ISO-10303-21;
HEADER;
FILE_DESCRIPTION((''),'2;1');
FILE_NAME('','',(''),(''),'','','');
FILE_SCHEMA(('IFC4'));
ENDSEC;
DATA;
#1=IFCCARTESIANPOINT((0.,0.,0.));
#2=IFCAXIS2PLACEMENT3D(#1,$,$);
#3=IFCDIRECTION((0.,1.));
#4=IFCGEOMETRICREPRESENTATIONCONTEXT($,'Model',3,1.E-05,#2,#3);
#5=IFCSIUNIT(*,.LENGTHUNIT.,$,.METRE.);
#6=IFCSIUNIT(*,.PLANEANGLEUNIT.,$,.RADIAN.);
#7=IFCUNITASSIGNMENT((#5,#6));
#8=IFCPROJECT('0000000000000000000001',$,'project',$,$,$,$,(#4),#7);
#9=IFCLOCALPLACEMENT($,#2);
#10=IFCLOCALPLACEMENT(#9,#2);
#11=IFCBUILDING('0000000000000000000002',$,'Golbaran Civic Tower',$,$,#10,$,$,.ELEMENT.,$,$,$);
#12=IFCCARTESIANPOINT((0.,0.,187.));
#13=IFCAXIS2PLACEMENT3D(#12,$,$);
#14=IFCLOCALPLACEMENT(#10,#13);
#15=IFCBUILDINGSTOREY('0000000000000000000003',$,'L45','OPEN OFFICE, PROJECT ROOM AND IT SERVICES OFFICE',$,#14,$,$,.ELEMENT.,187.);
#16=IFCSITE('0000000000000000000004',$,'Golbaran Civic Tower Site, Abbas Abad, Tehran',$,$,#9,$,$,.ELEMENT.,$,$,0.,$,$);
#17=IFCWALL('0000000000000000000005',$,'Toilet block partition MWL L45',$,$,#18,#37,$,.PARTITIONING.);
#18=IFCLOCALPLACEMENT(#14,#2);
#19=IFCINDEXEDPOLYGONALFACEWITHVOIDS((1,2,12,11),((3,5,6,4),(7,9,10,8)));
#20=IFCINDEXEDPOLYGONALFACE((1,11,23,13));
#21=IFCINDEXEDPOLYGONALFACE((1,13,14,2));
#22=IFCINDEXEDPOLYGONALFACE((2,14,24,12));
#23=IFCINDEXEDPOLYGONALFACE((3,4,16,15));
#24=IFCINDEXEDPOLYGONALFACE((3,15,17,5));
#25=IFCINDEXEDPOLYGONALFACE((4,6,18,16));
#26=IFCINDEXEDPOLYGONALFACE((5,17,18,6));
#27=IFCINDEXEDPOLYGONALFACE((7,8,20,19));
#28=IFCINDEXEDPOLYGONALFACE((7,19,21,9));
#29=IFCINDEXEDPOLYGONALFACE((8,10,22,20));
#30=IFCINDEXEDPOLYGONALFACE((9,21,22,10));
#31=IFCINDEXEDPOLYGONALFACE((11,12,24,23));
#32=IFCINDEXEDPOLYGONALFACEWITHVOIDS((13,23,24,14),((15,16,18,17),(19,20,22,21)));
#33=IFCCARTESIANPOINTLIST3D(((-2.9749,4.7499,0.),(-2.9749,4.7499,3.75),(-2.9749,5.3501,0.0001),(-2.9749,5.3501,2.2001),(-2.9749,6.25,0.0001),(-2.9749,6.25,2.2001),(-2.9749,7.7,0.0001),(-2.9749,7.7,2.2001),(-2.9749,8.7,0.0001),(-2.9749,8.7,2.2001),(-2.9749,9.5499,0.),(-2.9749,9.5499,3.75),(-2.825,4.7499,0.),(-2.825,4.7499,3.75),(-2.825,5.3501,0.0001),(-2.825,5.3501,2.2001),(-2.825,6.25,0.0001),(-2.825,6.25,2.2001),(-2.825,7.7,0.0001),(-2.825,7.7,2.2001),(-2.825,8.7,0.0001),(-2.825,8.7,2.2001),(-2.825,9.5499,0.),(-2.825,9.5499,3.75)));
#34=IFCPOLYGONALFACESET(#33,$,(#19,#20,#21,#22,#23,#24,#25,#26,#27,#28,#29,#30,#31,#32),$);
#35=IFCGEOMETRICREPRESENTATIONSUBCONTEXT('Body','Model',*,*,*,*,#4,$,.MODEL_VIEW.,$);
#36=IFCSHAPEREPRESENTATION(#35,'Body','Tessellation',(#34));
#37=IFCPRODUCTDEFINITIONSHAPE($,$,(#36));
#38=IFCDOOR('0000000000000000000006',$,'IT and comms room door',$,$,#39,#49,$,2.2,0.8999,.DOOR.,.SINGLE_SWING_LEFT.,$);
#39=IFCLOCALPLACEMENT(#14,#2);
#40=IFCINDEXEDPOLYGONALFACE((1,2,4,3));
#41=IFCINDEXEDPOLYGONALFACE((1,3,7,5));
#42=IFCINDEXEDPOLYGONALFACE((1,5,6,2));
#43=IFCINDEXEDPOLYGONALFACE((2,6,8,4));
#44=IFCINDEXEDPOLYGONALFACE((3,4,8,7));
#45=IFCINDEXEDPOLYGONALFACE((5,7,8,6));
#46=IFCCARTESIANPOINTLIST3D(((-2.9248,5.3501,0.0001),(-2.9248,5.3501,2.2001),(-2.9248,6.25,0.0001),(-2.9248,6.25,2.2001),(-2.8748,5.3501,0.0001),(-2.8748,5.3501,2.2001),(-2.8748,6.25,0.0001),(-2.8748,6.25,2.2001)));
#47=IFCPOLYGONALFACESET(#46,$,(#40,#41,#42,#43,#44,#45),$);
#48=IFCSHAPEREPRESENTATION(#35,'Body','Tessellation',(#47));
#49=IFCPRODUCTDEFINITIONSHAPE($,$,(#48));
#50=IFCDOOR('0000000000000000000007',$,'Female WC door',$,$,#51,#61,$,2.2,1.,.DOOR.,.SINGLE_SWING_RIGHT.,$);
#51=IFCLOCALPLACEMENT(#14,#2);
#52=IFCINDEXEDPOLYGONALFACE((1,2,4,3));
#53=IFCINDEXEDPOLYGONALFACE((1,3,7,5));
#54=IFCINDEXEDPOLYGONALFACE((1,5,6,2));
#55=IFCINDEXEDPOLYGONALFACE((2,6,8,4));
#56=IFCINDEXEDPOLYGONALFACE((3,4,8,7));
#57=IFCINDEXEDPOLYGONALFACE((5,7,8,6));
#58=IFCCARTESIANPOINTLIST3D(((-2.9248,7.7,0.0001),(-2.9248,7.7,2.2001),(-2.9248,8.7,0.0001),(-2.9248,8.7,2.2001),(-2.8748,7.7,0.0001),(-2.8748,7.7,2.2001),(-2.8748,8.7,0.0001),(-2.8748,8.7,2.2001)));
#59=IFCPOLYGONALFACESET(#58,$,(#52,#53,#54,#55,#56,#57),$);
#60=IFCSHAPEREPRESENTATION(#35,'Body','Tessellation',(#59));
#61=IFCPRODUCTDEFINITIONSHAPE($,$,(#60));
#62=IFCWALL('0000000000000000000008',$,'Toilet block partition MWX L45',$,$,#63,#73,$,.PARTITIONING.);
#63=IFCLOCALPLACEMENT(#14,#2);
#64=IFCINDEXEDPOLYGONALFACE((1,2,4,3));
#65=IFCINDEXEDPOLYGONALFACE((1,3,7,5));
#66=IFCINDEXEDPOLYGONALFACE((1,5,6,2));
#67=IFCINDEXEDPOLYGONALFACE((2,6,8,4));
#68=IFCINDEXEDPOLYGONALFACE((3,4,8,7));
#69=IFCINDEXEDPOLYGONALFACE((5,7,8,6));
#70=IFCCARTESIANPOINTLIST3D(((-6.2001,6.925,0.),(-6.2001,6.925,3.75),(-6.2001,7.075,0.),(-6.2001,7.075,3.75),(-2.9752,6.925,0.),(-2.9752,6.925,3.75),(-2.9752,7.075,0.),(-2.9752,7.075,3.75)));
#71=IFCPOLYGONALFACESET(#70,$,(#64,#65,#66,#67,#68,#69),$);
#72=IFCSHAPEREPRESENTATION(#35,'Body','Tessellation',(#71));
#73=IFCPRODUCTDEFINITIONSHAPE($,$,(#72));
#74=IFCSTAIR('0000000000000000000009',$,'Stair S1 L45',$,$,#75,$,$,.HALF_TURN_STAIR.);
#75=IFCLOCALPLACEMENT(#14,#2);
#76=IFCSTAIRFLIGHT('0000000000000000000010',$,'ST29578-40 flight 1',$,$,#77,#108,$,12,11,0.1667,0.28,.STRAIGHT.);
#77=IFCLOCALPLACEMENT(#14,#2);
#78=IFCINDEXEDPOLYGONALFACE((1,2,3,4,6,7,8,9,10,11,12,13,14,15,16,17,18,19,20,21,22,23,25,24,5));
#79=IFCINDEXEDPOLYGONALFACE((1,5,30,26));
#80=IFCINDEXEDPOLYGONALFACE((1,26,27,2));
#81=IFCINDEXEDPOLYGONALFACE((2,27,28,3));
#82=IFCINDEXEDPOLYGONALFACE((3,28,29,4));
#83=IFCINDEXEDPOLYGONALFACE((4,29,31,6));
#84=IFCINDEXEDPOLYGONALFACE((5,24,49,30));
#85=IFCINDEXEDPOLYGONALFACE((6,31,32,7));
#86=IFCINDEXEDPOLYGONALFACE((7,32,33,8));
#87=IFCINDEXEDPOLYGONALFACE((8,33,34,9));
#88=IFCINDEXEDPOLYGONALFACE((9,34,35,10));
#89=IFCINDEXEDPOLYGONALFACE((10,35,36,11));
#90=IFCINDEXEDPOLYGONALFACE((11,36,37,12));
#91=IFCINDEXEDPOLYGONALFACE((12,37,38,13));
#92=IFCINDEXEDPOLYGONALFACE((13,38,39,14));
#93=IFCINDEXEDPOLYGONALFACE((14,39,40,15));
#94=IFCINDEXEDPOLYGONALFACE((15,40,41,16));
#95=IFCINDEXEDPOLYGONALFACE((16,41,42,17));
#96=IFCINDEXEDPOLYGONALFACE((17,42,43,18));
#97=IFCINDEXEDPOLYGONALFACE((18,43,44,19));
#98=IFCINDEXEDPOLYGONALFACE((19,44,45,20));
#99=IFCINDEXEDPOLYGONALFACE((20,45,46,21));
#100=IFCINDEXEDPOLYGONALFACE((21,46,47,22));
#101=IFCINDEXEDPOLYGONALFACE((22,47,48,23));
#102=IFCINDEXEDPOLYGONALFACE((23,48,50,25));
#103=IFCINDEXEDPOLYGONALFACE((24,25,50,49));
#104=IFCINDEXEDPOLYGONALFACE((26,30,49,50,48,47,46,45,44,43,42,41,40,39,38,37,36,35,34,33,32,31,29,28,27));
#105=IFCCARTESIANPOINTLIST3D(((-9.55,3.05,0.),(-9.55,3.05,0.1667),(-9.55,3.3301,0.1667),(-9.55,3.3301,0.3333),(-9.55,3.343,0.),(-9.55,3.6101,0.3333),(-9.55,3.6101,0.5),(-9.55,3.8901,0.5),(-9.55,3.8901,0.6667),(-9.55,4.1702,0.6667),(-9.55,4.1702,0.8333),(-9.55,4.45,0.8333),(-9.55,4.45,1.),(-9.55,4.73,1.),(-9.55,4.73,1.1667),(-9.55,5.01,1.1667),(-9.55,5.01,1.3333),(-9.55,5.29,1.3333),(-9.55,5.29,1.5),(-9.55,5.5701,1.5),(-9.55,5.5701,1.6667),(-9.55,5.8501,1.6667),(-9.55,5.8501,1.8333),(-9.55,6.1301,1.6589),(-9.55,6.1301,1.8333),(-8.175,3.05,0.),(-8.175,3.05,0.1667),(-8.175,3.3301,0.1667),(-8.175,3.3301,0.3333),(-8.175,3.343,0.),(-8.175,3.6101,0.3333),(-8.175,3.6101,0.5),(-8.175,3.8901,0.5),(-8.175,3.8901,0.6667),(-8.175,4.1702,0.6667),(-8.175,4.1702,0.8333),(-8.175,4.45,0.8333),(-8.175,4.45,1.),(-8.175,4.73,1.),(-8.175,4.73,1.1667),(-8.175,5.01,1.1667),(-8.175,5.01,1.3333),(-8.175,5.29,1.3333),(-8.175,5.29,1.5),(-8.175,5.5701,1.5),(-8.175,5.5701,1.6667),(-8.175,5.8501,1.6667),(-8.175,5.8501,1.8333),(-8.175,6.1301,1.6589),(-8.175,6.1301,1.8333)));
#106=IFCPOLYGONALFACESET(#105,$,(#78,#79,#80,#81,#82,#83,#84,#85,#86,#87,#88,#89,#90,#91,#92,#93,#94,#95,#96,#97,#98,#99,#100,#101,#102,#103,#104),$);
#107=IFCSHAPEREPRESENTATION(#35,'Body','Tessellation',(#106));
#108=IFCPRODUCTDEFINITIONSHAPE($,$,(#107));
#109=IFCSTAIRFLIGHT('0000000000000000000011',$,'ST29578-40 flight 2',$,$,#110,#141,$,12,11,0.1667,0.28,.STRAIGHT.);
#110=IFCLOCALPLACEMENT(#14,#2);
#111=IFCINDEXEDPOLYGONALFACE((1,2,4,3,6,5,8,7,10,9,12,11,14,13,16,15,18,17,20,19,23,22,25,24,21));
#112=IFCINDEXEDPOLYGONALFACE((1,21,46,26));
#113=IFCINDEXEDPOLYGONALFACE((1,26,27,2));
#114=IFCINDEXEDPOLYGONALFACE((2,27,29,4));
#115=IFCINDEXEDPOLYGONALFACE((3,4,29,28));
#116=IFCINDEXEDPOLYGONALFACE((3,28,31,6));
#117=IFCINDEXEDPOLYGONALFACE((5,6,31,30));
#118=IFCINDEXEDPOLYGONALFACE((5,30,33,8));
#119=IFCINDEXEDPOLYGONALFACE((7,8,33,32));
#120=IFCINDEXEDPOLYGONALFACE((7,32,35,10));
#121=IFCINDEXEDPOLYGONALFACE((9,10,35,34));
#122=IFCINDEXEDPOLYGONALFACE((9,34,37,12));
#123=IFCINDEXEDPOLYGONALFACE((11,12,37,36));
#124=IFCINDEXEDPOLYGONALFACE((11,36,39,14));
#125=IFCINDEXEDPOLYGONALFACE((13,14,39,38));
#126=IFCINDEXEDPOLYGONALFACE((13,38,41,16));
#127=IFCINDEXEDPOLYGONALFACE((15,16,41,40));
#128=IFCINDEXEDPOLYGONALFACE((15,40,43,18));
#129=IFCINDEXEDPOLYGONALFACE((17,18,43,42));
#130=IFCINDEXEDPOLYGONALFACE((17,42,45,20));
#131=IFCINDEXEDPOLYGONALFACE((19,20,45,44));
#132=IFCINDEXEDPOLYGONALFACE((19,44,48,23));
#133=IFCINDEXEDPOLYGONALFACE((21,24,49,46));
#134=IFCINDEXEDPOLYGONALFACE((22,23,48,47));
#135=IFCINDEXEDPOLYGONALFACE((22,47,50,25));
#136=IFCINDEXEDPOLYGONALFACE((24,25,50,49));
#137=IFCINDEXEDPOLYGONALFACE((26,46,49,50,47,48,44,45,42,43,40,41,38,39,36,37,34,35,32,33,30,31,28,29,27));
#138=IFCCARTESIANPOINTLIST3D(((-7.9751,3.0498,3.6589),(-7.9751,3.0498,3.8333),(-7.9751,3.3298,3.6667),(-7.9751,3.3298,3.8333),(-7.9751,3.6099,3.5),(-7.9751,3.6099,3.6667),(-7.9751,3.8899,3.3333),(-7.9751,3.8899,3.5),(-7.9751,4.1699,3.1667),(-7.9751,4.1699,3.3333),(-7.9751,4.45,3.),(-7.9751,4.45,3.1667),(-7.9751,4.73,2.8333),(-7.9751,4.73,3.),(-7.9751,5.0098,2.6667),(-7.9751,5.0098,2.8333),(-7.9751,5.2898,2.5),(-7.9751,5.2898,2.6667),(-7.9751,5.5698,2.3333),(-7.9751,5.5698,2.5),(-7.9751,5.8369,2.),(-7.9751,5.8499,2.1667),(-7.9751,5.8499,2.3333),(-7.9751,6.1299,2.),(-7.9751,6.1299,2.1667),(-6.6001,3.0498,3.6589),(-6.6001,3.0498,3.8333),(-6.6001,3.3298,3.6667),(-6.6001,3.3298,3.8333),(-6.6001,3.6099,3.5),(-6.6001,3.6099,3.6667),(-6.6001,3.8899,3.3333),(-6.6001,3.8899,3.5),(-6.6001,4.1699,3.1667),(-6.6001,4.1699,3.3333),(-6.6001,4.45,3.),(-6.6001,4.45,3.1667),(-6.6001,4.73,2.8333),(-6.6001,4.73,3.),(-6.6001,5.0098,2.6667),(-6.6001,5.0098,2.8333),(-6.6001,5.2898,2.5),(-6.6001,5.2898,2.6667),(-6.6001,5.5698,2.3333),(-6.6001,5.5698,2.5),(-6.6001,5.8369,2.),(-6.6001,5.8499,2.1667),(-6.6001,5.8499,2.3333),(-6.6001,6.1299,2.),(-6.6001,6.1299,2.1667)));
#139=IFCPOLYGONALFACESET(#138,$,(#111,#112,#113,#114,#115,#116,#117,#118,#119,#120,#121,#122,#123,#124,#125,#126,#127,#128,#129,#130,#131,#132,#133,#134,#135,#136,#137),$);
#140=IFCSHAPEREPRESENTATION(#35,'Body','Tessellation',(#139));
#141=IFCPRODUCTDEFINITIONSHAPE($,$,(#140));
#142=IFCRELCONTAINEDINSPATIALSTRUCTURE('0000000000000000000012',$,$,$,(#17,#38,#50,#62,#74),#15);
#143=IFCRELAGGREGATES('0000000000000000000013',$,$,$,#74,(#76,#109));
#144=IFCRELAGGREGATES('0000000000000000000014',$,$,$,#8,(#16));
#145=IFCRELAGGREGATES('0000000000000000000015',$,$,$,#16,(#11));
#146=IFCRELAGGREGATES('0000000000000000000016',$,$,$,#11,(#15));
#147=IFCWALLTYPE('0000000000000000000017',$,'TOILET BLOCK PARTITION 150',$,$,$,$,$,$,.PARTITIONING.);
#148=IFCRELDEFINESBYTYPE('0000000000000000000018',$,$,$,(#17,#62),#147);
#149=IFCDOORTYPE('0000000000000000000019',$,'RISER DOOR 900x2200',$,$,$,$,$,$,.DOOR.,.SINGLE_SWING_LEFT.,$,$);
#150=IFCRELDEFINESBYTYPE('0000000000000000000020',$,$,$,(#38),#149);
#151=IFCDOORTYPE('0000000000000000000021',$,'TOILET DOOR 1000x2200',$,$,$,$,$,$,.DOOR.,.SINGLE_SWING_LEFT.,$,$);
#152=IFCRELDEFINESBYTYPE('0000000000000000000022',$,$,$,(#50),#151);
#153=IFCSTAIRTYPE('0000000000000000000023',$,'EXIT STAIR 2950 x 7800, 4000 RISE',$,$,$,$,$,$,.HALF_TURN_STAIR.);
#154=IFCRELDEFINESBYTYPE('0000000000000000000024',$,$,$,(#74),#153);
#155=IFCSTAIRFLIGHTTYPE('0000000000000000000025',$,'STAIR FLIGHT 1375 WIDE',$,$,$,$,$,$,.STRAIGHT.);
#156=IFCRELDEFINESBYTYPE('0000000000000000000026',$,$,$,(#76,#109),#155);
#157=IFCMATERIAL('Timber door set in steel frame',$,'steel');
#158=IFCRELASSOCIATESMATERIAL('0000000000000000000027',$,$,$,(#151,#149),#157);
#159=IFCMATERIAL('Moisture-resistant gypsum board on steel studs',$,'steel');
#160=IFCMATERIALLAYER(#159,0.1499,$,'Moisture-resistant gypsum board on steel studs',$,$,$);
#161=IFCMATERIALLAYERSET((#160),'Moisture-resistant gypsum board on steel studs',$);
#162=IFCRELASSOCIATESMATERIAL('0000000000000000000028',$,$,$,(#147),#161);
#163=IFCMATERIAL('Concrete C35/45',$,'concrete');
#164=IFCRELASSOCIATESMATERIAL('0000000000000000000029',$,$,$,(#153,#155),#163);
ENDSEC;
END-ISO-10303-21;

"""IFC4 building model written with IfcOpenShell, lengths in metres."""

from ifc_helpers import new_model, si_unit, direction, frame, frame_2d, origin, place, context, subcontext, project, spatial, polyline, rectangle, outline, extrude, material, layer, layer_set, type_object, element, fill, aggregate, save


model = new_model("IFC4")

# Units and contexts
model_context = context("Model", 3, precision=1e-05, world=origin(), true_north=direction((0.0, 1.0)))
body_context = subcontext(model_context, "Body", "Model", "MODEL_VIEW")
ifc_project = project(units=[si_unit("LENGTHUNIT", "METRE"), si_unit("PLANEANGLEUNIT", "RADIAN")], contexts=[model_context])

# Site, building, storey
site_placement = place(None, origin())
site = spatial("IfcSite", under=ifc_project, at=site_placement, Name="Golbaran Civic Tower Site, Abbas Abad, Tehran", CompositionType="ELEMENT", RefElevation=0.0)
building_placement = place(site_placement, origin())
building = spatial("IfcBuilding", under=site, at=building_placement, Name="Golbaran Civic Tower", CompositionType="ELEMENT")
storey_placement = place(building_placement, frame((0.0, 0.0, 187.0)))
storey = spatial("IfcBuildingStorey", under=building, at=storey_placement, Name="L45", Description="OPEN OFFICE, PROJECT ROOM AND IT SERVICES OFFICE", CompositionType="ELEMENT", Elevation=187.0)

# Shared definitions
ifc_material_1 = material(Name="Concrete C35/45", Category="concrete")

# Shared definitions
ifc_material_2 = material(Name="Timber door set in steel frame", Category="steel")

# Shared definitions
door_type_1 = type_object("IfcDoorType", Name="TOILET DOOR 1000x2200", OperationType="SINGLE_SWING_LEFT", PredefinedType="DOOR", material=ifc_material_2)

# Wall, openings, doors
ifc_material_3 = material(Name="Moisture-resistant gypsum board on steel studs", Category="steel")
ifc_layer_1 = layer(ifc_material_3, 0.1499, Name="Moisture-resistant gypsum board on steel studs")
ifc_layer_set_1 = layer_set([ifc_layer_1], Name="Moisture-resistant gypsum board on steel studs")
wall_type_1 = type_object("IfcWallType", Name="TOILET BLOCK PARTITION 150", PredefinedType="PARTITIONING", material=ifc_layer_set_1)
wall_1_placement = place(storey_placement, frame((-2.8999, 4.75, 0.0), z_axis=(0.0, 0.0, 1.0), x_axis=(0.0, 1.0, 0.0)))
wall_1 = element("IfcWall", 1, at=wall_1_placement, inside=storey, type_object=wall_type_1, Name="Toilet block partition MWL L45", PredefinedType="PARTITIONING", context=body_context, shape_type="SweptSolid", body=[
    extrude(rectangle(XDim=4.8, YDim=0.1499, at=frame_2d((2.3999, 0.0))), origin(), (0.0, 0.0, 1.0), 3.75),
])
opening_1_placement = place(wall_1_placement, frame((2.95, 0.0, 0.0)))
opening_1 = element("IfcOpeningElement", 2, at=opening_1_placement, cuts=wall_1, PredefinedType="OPENING", context=body_context, shape_type="SweptSolid", body=[
    extrude(rectangle(XDim=1.0, YDim=2.2, at=frame_2d((0.5, 1.1001))), frame((0.0, 0.085, 0.0), z_axis=(0.0, -1.0, 0.0), x_axis=(1.0, 0.0, 0.0)), (0.0, 0.0, 1.0), 0.1699),
])
opening_2_placement = place(wall_1_placement, frame((0.6001, 0.0, 0.0)))
opening_2 = element("IfcOpeningElement", 3, at=opening_2_placement, cuts=wall_1, PredefinedType="OPENING", context=body_context, shape_type="SweptSolid", body=[
    extrude(rectangle(XDim=0.8999, YDim=2.2, at=frame_2d((0.45, 1.1001))), frame((0.0, 0.085, 0.0), z_axis=(0.0, -1.0, 0.0), x_axis=(1.0, 0.0, 0.0)), (0.0, 0.0, 1.0), 0.1699),
])
door_type_2 = type_object("IfcDoorType", Name="RISER DOOR 900x2200", OperationType="SINGLE_SWING_LEFT", PredefinedType="DOOR", material=ifc_material_2)
door_1_placement = place(opening_2_placement, origin())
door_1 = element("IfcDoor", 4, at=door_1_placement, inside=storey, type_object=door_type_2, Name="IT and comms room door", OperationType="SINGLE_SWING_LEFT", OverallHeight=2.2, OverallWidth=0.8999, PredefinedType="DOOR", context=body_context, shape_type="SweptSolid", body=[
    extrude(rectangle(XDim=0.8999, YDim=2.2, at=frame_2d((0.45, 1.1001))), frame((0.0, 0.0249, 0.0), z_axis=(0.0, -1.0, 0.0), x_axis=(1.0, 0.0, 0.0)), (0.0, 0.0, 1.0), 0.05),
])
fill(opening_2, door_1)
door_2_placement = place(opening_1_placement, origin())
door_2 = element("IfcDoor", 5, at=door_2_placement, inside=storey, type_object=door_type_1, Name="Female WC door", OperationType="SINGLE_SWING_RIGHT", OverallHeight=2.2, OverallWidth=1.0, PredefinedType="DOOR", context=body_context, shape_type="SweptSolid", body=[
    extrude(rectangle(XDim=1.0, YDim=2.2, at=frame_2d((0.5, 1.1001))), frame((0.0, 0.0249, 0.0), z_axis=(0.0, -1.0, 0.0), x_axis=(1.0, 0.0, 0.0)), (0.0, 0.0, 1.0), 0.05),
])
fill(opening_1, door_2)

# Wall
wall_2_placement = place(storey_placement, frame((-6.2, 7.0, 0.0), z_axis=(0.0, 0.0, 1.0), x_axis=(1.0, 0.0, 0.0)))
element("IfcWall", 6, at=wall_2_placement, inside=storey, type_object=wall_type_1, Name="Toilet block partition MWX L45", PredefinedType="PARTITIONING", context=body_context, shape_type="SweptSolid", body=[
    extrude(rectangle(XDim=3.2249, YDim=0.1499, at=frame_2d((1.6123, 0.0))), origin(), (0.0, 0.0, 1.0), 3.75),
])

# Stair, stair flights
stair_type = type_object("IfcStairType", Name="EXIT STAIR 2950 x 7800, 4000 RISE", PredefinedType="HALF_TURN_STAIR", material=ifc_material_1)
stair_placement = place(storey_placement, origin())
stair = element("IfcStair", 7, at=stair_placement, inside=storey, type_object=stair_type, Name="Stair S1 L45", PredefinedType="HALF_TURN_STAIR")
stair_flight_type = type_object("IfcStairFlightType", Name="STAIR FLIGHT 1375 WIDE", PredefinedType="STRAIGHT", material=ifc_material_1)
stair_flight_1_placement = place(storey_placement, frame((-8.8625, 3.05, 0.0), z_axis=(0.0, 0.0, 1.0), x_axis=(0.0, 1.0, 0.0)))
stair_flight_1 = element("IfcStairFlight", 8, at=stair_flight_1_placement, type_object=stair_flight_type, Name="ST29578-40 flight 1", NumberOfRisers=12, NumberOfTreads=11, PredefinedType="STRAIGHT", RiserHeight=0.1667, TreadLength=0.28, context=body_context, shape_type="SweptSolid", body=[
    extrude(outline(polyline([(0.0, 0.0), (0.0, 0.1667), (0.28, 0.1667), (0.28, 0.3333), (0.5601, 0.3333), (0.5601, 0.5), (0.8401, 0.5), (0.8401, 0.6667), (1.1201, 0.6667), (1.1201, 0.8333), (1.3999, 0.8333), (1.3999, 1.0), (1.6799, 1.0), (1.6799, 1.1667), (1.96, 1.1667), (1.96, 1.3333), (2.24, 1.3333), (2.24, 1.5), (2.52, 1.5), (2.52, 1.6667), (2.8, 1.6667), (2.8, 1.8333), (3.0801, 1.8333), (3.0801, 2.0), (3.0801, 1.6589), (0.293, 0.0), (0.0, 0.0)])), frame((0.0, 0.6875, 0.0), z_axis=(0.0, -1.0, 0.0), x_axis=(1.0, 0.0, 0.0)), (0.0, 0.0, 1.0), 1.375),
])
stair_flight_2_placement = place(storey_placement, frame((-7.2876, 6.1299, 2.0), z_axis=(0.0, 0.0, 1.0), x_axis=(0.0, -1.0, 0.0)))
stair_flight_2 = element("IfcStairFlight", 9, at=stair_flight_2_placement, type_object=stair_flight_type, Name="ST29578-40 flight 2", NumberOfRisers=12, NumberOfTreads=11, PredefinedType="STRAIGHT", RiserHeight=0.1667, TreadLength=0.28, context=body_context, shape_type="SweptSolid", body=[
    extrude(outline(polyline([(0.0, 0.0), (0.0, 0.1667), (0.28, 0.1667), (0.28, 0.3333), (0.5601, 0.3333), (0.5601, 0.5), (0.8401, 0.5), (0.8401, 0.6667), (1.1201, 0.6667), (1.1201, 0.8333), (1.3999, 0.8333), (1.3999, 1.0), (1.6799, 1.0), (1.6799, 1.1667), (1.96, 1.1667), (1.96, 1.3333), (2.24, 1.3333), (2.24, 1.5), (2.52, 1.5), (2.52, 1.6667), (2.8, 1.6667), (2.8, 1.8333), (3.0801, 1.8333), (3.0801, 2.0), (3.0801, 1.6589), (0.293, 0.0), (0.0, 0.0)])), frame((0.0, 0.6875, 0.0), z_axis=(0.0, -1.0, 0.0), x_axis=(1.0, 0.0, 0.0)), (0.0, 0.0, 1.0), 1.375),
])
aggregate(stair, [stair_flight_1, stair_flight_2])

save(model, "model.ifc")
